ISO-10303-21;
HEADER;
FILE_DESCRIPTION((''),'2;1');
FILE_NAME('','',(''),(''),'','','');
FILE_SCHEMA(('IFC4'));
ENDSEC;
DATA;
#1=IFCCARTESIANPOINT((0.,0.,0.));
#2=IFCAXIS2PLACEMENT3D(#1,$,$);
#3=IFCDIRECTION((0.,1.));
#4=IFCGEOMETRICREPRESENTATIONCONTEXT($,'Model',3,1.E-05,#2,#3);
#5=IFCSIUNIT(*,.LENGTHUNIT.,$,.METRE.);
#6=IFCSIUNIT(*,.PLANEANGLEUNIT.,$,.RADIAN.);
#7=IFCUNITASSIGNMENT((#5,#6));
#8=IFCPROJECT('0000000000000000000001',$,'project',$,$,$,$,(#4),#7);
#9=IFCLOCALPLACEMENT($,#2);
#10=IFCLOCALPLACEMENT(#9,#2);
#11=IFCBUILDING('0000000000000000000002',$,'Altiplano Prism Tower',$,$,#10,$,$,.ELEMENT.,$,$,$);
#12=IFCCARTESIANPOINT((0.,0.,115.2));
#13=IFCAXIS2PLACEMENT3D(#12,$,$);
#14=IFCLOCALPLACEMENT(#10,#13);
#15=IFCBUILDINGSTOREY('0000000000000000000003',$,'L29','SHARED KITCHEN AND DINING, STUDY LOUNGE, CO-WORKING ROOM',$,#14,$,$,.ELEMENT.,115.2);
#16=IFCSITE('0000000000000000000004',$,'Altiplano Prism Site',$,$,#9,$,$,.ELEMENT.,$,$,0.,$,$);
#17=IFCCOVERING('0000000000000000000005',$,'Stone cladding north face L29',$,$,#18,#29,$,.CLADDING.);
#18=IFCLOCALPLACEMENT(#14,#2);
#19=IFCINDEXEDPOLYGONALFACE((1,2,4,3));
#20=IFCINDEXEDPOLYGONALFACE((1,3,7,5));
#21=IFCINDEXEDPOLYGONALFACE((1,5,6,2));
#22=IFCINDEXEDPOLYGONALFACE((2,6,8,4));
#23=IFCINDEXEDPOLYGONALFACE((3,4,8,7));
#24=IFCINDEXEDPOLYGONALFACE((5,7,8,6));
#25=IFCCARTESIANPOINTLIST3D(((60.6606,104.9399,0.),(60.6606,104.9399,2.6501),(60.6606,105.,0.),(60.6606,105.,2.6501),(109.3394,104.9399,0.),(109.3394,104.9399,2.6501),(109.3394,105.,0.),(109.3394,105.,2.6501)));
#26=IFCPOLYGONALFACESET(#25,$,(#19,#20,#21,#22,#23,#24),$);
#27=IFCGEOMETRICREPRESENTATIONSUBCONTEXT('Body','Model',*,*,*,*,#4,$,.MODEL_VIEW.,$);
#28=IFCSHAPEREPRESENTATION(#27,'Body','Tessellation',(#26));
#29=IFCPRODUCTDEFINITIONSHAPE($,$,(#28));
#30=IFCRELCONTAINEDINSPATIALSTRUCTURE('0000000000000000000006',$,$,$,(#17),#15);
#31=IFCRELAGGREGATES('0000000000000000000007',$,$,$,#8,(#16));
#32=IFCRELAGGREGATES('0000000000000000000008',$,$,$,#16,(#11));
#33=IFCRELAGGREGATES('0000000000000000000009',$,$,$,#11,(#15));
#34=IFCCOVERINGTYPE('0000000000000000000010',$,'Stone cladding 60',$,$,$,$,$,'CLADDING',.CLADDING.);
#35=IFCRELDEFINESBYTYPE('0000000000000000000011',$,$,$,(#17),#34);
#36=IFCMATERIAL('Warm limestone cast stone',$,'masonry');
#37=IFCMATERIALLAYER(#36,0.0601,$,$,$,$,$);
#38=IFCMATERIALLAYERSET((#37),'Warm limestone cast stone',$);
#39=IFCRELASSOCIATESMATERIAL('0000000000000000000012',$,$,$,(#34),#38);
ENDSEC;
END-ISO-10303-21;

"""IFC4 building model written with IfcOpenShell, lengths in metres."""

from ifc_helpers import new_model, si_unit, direction, frame, frame_2d, origin, place, context, subcontext, project, spatial, rectangle, extrude, material, layer, layer_set, type_object, element, save


model = new_model("IFC4")

# Units and contexts
model_context = context("Model", 3, precision=1e-05, world=origin(), true_north=direction((0.0, 1.0)))
body_context = subcontext(model_context, "Body", "Model", "MODEL_VIEW")
ifc_project = project(units=[si_unit("LENGTHUNIT", "METRE"), si_unit("PLANEANGLEUNIT", "RADIAN")], contexts=[model_context])

# Site, building, storey
site_placement = place(None, origin())
site = spatial("IfcSite", under=ifc_project, at=site_placement, Name="Altiplano Prism Site", CompositionType="ELEMENT", RefElevation=0.0)
building_placement = place(site_placement, origin())
building = spatial("IfcBuilding", under=site, at=building_placement, Name="Altiplano Prism Tower", CompositionType="ELEMENT")
storey_placement = place(building_placement, frame((0.0, 0.0, 115.2)))
storey = spatial("IfcBuildingStorey", under=building, at=storey_placement, Name="L29", Description="SHARED KITCHEN AND DINING, STUDY LOUNGE, CO-WORKING ROOM", CompositionType="ELEMENT", Elevation=115.2)

# Covering
ifc_material_1 = material(Name="Warm limestone cast stone", Category="masonry")
ifc_layer_1 = layer(ifc_material_1, 0.0601)
ifc_layer_set_1 = layer_set([ifc_layer_1], Name="Warm limestone cast stone")
covering_type = type_object("IfcCoveringType", Name="Stone cladding 60", ElementType="CLADDING", PredefinedType="CLADDING", material=ifc_layer_set_1)
covering_placement = place(storey_placement, frame((60.6606, 104.97, 0.0), z_axis=(0.0, 0.0, 1.0), x_axis=(1.0, 0.0, 0.0)))
element("IfcCovering", 1, at=covering_placement, inside=storey, type_object=covering_type, Name="Stone cladding north face L29", PredefinedType="CLADDING", context=body_context, shape_type="SweptSolid", body=[
    extrude(rectangle(XDim=48.6787, YDim=0.0601, at=frame_2d((24.3394, 0.0))), origin(), (0.0, 0.0, 1.0), 2.6501),
])

save(model, "model.ifc")
